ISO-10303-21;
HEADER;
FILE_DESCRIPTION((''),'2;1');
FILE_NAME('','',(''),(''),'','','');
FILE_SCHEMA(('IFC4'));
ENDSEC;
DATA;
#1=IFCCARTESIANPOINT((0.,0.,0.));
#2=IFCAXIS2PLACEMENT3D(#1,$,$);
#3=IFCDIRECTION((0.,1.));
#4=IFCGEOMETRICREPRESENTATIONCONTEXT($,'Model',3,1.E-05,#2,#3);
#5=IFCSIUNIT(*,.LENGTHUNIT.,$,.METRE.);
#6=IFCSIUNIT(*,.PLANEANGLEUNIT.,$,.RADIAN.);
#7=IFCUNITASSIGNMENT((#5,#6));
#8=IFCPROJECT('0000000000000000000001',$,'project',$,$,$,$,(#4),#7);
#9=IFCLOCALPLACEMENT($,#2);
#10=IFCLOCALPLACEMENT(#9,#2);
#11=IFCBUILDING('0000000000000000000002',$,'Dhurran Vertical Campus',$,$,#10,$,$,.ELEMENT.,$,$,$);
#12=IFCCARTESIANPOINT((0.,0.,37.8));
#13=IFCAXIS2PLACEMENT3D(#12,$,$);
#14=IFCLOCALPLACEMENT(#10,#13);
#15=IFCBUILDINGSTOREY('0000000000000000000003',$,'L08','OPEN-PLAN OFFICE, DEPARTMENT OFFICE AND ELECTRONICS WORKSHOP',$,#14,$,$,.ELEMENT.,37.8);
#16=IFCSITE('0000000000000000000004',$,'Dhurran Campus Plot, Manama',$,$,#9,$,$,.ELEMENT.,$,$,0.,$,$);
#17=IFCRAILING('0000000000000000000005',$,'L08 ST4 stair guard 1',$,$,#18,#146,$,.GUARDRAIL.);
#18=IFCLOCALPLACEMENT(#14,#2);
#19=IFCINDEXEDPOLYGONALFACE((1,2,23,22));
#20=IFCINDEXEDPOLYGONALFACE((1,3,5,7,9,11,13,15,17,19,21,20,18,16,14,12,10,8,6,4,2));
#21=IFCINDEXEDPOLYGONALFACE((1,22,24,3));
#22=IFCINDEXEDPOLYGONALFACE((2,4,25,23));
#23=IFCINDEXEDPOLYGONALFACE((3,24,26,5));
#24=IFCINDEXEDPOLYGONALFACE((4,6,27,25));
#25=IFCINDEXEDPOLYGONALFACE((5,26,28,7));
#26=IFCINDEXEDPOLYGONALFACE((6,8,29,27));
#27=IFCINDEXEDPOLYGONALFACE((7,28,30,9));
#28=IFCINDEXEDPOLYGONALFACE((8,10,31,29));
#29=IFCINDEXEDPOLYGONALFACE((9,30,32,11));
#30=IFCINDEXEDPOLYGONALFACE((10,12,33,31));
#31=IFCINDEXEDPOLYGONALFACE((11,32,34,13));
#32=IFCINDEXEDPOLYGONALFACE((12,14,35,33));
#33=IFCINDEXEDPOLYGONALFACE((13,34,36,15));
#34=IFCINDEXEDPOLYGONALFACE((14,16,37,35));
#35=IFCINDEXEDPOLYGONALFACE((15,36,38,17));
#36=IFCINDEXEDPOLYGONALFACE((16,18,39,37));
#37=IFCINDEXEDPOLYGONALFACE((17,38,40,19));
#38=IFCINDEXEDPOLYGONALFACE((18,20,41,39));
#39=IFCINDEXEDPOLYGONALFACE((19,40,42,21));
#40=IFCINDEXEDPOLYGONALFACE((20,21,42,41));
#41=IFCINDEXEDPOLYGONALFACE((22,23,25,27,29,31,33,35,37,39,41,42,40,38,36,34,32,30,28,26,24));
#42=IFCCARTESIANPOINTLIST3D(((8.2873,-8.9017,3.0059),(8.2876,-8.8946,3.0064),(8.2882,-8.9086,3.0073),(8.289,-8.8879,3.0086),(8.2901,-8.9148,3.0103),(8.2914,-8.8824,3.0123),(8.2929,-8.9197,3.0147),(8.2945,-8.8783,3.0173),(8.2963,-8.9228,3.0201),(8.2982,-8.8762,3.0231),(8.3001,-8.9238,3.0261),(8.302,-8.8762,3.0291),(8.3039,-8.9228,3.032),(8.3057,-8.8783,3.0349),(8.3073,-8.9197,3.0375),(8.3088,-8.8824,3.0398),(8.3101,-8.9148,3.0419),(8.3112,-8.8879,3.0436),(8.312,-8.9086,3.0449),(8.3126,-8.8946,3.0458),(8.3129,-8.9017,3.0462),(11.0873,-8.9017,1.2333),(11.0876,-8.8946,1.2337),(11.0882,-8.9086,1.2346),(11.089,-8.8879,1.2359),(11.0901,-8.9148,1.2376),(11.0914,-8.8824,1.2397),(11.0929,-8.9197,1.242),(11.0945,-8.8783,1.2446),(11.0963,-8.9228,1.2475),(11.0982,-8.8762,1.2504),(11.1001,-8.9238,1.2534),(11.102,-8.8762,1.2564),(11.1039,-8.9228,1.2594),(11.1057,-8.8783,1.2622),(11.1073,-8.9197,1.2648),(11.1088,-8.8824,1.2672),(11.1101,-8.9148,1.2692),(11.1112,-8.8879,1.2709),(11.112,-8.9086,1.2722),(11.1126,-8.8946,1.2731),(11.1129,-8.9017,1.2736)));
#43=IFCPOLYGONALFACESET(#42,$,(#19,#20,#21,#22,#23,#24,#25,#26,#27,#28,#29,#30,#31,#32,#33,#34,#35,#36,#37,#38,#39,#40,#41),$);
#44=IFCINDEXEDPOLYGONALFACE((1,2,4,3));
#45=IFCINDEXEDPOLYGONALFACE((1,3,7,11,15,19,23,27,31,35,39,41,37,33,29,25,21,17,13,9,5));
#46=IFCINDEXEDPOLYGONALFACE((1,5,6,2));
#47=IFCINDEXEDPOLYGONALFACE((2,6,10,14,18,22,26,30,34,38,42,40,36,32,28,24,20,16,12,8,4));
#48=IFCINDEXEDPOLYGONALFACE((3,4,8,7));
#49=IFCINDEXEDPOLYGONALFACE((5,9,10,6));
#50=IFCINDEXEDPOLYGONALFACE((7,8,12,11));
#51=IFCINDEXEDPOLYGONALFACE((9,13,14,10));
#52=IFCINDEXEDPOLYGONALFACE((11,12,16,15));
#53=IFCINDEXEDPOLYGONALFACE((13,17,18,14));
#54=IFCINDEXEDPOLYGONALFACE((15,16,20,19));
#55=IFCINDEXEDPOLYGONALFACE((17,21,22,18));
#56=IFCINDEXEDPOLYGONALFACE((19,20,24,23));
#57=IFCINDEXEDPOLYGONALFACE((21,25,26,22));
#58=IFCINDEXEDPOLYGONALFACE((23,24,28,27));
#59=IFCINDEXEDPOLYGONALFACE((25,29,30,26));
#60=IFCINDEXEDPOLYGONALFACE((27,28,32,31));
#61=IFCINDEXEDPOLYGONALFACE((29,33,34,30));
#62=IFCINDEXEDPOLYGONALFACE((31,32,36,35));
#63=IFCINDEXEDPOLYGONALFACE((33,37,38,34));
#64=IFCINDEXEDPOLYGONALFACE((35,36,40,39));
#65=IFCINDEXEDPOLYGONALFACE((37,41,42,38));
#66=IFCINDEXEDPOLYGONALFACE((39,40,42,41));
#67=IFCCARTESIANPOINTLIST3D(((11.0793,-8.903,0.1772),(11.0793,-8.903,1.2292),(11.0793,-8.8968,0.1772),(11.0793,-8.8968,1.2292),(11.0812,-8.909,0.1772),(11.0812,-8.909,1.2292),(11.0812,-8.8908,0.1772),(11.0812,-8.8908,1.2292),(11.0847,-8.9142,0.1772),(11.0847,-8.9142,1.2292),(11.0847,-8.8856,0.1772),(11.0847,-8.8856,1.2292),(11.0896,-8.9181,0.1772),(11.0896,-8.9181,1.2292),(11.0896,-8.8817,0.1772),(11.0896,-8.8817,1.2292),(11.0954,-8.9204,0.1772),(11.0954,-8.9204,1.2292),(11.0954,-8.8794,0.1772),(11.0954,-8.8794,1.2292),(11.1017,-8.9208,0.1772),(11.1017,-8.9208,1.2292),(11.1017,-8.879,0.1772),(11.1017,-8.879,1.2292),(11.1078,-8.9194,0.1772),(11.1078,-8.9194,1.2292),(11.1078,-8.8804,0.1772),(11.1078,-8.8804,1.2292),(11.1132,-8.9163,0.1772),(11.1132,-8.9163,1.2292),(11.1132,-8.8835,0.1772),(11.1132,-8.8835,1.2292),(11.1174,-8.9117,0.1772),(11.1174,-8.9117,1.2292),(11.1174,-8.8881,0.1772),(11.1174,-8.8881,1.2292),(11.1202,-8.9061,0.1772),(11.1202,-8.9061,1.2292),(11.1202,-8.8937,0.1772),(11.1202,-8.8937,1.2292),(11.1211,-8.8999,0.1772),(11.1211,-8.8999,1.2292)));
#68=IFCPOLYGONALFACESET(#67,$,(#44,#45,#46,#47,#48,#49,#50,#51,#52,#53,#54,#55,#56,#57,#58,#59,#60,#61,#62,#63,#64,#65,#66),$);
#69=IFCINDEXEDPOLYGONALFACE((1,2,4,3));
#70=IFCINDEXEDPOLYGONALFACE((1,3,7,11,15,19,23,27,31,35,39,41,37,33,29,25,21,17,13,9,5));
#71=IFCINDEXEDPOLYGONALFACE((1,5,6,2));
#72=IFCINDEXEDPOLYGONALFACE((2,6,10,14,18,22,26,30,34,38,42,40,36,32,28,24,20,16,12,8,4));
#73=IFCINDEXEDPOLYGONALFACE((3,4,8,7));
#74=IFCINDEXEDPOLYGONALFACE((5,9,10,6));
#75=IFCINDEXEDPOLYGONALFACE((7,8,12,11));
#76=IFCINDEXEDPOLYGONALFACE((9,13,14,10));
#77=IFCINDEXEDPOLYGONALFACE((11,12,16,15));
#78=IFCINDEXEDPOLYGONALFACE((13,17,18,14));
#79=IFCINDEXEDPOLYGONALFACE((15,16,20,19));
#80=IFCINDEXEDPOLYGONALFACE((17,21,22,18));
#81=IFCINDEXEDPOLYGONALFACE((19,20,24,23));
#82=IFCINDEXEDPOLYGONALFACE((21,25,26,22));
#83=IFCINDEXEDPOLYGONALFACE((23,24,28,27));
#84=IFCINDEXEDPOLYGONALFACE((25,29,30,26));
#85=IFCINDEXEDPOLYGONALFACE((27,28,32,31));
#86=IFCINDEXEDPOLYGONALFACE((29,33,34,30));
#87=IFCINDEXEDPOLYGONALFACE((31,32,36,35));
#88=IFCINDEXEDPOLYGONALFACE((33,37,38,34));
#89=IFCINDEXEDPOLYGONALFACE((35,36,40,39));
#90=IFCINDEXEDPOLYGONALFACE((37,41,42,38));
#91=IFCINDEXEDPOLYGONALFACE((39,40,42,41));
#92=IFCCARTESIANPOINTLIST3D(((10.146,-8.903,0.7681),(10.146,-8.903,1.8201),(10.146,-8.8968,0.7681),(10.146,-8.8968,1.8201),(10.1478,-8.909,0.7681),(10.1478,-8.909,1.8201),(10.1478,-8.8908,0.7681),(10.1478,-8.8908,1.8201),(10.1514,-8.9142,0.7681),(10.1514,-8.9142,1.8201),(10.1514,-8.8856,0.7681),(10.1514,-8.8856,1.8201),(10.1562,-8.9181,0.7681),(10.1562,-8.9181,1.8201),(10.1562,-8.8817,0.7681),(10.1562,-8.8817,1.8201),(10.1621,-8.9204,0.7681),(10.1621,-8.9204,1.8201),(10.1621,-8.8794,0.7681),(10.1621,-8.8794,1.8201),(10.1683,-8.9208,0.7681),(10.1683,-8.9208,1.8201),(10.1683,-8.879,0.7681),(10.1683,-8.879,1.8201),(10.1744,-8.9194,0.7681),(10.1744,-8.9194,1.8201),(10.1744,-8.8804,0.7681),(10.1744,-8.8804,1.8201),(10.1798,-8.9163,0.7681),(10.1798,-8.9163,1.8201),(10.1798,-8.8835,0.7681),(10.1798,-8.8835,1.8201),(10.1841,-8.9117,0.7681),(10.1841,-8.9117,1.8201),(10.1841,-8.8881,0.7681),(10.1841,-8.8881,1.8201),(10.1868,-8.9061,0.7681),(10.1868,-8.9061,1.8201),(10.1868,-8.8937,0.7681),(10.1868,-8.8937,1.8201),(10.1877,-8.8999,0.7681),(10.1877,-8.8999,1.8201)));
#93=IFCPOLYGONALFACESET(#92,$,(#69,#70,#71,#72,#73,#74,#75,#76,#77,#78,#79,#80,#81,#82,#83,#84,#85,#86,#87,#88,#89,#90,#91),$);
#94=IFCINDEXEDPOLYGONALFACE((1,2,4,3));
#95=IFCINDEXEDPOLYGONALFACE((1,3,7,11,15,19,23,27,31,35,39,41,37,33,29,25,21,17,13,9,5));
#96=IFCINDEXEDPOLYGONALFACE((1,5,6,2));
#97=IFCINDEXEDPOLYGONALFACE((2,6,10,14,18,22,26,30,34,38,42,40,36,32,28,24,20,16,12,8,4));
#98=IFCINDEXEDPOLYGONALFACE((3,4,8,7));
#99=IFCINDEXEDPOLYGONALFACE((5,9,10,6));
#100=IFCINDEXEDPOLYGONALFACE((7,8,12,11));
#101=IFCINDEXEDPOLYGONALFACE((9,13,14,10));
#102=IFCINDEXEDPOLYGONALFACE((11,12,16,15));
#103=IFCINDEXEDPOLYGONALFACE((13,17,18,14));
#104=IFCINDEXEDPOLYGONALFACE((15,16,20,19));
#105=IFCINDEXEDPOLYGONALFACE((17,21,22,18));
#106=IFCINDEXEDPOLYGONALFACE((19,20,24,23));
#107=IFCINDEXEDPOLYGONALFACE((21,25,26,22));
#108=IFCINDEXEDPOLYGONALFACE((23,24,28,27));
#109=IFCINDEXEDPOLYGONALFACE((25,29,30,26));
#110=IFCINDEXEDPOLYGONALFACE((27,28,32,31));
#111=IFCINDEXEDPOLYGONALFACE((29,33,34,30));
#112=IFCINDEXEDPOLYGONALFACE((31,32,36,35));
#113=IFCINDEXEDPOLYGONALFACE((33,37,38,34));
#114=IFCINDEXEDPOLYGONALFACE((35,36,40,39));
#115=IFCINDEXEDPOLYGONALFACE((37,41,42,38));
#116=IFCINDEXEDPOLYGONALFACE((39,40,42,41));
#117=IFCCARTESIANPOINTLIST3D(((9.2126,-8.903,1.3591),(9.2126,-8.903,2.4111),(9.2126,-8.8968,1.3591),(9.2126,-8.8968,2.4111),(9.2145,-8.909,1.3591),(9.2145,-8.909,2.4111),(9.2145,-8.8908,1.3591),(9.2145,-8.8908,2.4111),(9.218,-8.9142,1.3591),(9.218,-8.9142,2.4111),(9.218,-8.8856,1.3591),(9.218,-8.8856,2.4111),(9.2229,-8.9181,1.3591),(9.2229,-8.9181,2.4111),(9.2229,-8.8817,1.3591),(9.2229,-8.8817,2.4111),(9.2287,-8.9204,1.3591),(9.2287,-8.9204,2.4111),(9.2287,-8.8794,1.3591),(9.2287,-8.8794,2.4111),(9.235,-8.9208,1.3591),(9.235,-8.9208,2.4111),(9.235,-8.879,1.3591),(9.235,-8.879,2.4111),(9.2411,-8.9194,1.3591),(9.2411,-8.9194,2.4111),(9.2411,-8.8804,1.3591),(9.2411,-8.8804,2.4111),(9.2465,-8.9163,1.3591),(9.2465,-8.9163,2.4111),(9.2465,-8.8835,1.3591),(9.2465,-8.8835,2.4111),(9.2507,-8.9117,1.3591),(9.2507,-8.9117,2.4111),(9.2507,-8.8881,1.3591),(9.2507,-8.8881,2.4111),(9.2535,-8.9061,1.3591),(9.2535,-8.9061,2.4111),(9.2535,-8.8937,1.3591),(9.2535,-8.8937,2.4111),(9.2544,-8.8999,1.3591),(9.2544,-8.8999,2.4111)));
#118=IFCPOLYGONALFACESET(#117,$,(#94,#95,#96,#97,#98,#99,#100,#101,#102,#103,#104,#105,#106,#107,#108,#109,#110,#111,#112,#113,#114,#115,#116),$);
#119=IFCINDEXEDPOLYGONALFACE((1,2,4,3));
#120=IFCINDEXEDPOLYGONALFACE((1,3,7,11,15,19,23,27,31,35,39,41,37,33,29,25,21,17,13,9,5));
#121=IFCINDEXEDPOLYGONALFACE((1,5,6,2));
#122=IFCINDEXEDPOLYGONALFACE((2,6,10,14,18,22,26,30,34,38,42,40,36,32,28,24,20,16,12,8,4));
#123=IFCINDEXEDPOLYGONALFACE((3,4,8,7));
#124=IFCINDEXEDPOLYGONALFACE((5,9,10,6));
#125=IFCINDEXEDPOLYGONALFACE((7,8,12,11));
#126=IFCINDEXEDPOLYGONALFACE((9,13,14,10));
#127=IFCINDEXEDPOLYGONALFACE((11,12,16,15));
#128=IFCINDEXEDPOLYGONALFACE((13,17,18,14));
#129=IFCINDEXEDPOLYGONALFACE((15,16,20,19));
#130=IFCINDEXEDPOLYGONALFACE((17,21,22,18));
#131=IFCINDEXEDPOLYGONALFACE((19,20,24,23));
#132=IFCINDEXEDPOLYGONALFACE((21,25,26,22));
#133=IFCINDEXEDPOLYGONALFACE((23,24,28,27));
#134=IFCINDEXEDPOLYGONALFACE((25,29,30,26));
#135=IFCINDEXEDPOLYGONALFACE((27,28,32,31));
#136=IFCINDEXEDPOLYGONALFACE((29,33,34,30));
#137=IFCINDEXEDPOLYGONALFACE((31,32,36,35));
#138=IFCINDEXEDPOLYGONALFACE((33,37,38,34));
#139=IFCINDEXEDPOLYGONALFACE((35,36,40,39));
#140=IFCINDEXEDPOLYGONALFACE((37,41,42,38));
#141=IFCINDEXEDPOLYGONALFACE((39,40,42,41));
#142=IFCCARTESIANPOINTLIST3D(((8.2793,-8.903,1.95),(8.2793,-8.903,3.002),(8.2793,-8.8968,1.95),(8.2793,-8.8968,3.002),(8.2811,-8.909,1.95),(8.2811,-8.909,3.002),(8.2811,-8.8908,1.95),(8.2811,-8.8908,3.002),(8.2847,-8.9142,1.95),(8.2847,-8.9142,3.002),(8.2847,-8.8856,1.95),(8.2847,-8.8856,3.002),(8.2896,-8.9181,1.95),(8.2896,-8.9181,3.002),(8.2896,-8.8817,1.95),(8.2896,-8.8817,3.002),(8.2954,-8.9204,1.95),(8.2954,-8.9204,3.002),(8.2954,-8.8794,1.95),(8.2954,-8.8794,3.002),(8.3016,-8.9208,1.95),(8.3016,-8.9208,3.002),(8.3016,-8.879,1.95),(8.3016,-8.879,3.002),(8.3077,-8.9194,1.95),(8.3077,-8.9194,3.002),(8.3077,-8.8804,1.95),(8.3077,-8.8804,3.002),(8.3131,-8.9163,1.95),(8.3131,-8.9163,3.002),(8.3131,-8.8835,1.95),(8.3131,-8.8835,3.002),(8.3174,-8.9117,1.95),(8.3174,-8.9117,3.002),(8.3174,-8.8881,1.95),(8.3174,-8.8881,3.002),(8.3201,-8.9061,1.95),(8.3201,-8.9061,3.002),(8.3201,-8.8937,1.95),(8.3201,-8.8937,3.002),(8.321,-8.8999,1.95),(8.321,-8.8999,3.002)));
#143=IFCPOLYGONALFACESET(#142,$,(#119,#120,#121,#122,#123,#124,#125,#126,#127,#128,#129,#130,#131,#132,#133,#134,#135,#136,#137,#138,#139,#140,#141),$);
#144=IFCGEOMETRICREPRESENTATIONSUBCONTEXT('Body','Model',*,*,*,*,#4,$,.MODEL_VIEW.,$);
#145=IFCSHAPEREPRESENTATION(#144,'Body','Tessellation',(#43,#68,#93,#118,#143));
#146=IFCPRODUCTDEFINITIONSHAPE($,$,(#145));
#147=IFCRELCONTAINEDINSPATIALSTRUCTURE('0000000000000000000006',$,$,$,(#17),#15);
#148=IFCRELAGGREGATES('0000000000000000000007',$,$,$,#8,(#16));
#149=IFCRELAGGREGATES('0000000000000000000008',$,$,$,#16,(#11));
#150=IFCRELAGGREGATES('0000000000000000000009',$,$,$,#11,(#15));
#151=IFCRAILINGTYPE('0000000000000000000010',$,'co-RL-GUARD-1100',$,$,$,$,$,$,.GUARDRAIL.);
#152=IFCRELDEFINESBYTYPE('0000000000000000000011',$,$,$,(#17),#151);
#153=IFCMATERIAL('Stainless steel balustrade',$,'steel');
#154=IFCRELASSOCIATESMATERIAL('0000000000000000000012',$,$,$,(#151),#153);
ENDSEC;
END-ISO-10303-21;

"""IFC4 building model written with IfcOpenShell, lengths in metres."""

from ifc_helpers import new_model, si_unit, direction, frame, origin, origin_2d, place, context, subcontext, project, spatial, circle, extrude, material, type_object, element, save


model = new_model("IFC4")

# Units and contexts
model_context = context("Model", 3, precision=1e-05, world=origin(), true_north=direction((0.0, 1.0)))
body_context = subcontext(model_context, "Body", "Model", "MODEL_VIEW")
ifc_project = project(units=[si_unit("LENGTHUNIT", "METRE"), si_unit("PLANEANGLEUNIT", "RADIAN")], contexts=[model_context])

# Site, building, storey
site_placement = place(None, origin())
site = spatial("IfcSite", under=ifc_project, at=site_placement, Name="Dhurran Campus Plot, Manama", CompositionType="ELEMENT", RefElevation=0.0)
building_placement = place(site_placement, origin())
building = spatial("IfcBuilding", under=site, at=building_placement, Name="Dhurran Vertical Campus", CompositionType="ELEMENT")
storey_placement = place(building_placement, frame((0.0, 0.0, 37.8)))
storey = spatial("IfcBuildingStorey", under=building, at=storey_placement, Name="L08", Description="OPEN-PLAN OFFICE, DEPARTMENT OFFICE AND ELECTRONICS WORKSHOP", CompositionType="ELEMENT", Elevation=37.8)

# Railing
ifc_material_1 = material(Name="Stainless steel balustrade", Category="steel")
railing_type_1 = type_object("IfcRailingType", Name="co-RL-GUARD-1100", PredefinedType="GUARDRAIL", material=ifc_material_1)
railing_1_placement = place(storey_placement, frame((11.1001, -8.8999, 0.1772)))
element("IfcRailing", 1, at=railing_1_placement, inside=storey, type_object=railing_type_1, Name="L08 ST4 stair guard 1", PredefinedType="GUARDRAIL", context=body_context, shape_type="SweptSolid", body=[
    extrude(circle(Radius=0.0239, at=origin_2d()), frame((0.0, 0.0, 1.0762), z_axis=(-0.844909, 0.0, 0.53491), x_axis=(0.0, -1.0, 0.0)), (0.0, 0.0, 1.0), 3.314),
    extrude(circle(Radius=0.021, at=origin_2d()), origin(), (0.0, 0.0, 1.0), 1.052),
    extrude(circle(Radius=0.021, at=origin_2d()), frame((-0.9333, 0.0, 0.5908)), (0.0, 0.0, 1.0), 1.052),
    extrude(circle(Radius=0.021, at=origin_2d()), frame((-1.8667, 0.0, 1.1819)), (0.0, 0.0, 1.0), 1.052),
    extrude(circle(Radius=0.021, at=origin_2d()), frame((-2.8, 0.0, 1.7727)), (0.0, 0.0, 1.0), 1.052),
])

save(model, "model.ifc")
